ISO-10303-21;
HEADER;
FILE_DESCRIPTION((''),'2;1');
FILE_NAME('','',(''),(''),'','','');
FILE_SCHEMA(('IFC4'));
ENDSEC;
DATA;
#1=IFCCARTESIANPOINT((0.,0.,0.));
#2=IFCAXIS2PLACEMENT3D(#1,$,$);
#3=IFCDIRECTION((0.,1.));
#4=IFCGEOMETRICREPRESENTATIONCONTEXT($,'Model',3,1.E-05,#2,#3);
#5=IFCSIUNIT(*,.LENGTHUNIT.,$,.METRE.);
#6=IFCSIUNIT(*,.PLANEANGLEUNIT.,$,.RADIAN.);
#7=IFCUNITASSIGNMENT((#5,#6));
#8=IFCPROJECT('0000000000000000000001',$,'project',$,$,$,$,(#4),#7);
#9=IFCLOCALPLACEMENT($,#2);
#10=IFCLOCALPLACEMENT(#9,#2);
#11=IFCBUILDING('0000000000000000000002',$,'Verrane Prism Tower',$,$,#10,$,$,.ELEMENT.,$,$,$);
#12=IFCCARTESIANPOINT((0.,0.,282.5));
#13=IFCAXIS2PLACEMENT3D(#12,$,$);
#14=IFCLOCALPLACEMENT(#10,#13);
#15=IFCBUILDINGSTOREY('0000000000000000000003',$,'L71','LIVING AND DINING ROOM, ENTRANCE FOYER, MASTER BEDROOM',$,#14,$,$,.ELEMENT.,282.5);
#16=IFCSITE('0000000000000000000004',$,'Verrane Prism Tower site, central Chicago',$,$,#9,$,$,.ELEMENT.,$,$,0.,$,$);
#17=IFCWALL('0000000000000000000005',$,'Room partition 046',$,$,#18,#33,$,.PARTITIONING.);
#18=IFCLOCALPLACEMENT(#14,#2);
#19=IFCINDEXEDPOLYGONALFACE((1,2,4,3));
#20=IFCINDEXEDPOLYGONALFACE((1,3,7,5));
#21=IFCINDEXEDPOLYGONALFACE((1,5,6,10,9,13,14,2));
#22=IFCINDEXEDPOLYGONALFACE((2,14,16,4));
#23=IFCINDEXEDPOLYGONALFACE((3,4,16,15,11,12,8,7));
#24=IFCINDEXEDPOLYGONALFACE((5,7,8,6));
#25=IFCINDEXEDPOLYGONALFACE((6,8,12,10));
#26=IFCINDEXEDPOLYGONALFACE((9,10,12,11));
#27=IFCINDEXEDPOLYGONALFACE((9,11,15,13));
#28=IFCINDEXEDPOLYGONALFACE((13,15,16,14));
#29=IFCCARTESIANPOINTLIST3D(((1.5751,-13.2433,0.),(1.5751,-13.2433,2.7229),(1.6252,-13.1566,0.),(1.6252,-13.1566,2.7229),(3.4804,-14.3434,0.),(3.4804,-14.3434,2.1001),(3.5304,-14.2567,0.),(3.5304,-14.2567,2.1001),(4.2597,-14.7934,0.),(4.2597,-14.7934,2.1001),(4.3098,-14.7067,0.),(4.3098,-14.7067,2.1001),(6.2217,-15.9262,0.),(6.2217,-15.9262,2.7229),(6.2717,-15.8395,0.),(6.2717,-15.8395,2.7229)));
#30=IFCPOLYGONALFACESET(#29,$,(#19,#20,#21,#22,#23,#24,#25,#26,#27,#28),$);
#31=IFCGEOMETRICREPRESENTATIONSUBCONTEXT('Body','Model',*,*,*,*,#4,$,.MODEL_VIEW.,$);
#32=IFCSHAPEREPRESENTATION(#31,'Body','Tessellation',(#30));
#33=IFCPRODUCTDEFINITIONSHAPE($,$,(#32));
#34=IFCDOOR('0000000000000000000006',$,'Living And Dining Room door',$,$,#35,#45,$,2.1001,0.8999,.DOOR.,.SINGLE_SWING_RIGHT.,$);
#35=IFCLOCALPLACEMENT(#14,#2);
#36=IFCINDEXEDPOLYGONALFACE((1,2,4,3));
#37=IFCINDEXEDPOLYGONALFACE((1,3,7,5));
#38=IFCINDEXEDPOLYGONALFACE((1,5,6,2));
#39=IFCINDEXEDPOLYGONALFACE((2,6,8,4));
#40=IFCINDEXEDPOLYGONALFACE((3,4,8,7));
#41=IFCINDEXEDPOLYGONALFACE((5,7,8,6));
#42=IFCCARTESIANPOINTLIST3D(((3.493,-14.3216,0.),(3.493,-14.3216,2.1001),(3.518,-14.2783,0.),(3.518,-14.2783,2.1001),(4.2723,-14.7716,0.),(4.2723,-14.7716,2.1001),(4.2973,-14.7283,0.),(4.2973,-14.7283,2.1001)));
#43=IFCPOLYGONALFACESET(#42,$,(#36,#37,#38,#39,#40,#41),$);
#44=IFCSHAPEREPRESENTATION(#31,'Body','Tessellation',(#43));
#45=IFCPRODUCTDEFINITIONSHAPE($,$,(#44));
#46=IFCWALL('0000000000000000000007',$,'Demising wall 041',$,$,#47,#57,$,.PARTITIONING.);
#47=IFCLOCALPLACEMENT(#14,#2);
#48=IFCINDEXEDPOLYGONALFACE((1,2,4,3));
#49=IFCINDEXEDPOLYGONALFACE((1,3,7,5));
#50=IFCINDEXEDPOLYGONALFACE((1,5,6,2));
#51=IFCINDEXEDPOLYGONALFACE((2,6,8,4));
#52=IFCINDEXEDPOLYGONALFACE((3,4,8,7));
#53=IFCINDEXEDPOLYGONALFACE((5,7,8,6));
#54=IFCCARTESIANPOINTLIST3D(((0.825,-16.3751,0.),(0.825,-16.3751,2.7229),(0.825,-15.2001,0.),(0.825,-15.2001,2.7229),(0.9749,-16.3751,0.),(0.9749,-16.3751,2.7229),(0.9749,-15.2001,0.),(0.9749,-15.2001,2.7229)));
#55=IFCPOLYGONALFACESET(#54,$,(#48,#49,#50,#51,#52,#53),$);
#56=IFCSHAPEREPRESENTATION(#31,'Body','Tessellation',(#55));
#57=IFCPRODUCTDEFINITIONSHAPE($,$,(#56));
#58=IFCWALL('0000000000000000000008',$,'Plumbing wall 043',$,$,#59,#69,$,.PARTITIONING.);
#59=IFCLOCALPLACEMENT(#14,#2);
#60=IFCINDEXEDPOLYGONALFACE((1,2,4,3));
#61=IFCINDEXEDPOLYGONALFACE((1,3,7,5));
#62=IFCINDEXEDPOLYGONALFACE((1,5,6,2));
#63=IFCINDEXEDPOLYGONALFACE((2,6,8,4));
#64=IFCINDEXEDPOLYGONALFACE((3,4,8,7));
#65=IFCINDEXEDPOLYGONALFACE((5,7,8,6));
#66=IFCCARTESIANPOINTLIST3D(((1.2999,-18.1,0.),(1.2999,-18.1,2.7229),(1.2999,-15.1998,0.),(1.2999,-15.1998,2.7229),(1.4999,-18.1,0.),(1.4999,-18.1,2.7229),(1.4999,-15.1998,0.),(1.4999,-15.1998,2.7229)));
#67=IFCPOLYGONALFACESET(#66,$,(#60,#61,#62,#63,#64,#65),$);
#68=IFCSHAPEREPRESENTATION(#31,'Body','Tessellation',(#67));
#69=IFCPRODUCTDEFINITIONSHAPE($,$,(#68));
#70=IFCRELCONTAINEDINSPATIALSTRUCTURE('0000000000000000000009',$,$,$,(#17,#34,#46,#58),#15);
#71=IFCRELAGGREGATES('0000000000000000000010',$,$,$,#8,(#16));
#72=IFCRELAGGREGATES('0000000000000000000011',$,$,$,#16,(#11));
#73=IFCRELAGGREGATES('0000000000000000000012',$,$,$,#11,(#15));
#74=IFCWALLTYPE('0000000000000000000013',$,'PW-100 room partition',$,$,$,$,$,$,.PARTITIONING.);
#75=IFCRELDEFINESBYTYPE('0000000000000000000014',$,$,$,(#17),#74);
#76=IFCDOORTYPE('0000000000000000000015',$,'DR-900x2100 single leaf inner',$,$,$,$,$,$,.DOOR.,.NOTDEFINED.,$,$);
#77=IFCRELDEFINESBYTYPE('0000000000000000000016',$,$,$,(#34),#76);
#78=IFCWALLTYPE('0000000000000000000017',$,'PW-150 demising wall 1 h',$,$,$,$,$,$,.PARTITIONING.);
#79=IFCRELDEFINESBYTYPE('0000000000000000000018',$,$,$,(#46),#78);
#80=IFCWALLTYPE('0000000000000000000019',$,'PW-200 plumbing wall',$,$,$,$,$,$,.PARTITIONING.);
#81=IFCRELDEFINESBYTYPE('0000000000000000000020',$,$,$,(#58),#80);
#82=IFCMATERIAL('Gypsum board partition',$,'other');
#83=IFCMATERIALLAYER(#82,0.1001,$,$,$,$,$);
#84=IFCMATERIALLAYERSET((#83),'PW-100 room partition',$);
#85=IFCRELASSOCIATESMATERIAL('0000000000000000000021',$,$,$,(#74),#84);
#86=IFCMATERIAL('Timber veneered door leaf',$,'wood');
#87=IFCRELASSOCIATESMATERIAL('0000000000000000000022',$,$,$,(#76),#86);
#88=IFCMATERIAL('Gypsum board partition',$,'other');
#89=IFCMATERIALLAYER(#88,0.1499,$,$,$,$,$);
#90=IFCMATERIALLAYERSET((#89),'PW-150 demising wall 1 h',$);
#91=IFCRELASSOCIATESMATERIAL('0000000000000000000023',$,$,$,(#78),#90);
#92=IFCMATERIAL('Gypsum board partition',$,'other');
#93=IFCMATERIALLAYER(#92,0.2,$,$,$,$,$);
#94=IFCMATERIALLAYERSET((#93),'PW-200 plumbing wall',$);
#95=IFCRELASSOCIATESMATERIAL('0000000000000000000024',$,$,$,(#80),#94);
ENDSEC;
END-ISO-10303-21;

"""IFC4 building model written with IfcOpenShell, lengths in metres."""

from ifc_helpers import new_model, si_unit, direction, frame, frame_2d, origin, place, context, subcontext, project, spatial, rectangle, extrude, material, layer, layer_set, type_object, element, fill, save


model = new_model("IFC4")

# Units and contexts
model_context = context("Model", 3, precision=1e-05, world=origin(), true_north=direction((0.0, 1.0)))
body_context = subcontext(model_context, "Body", "Model", "MODEL_VIEW")
ifc_project = project(units=[si_unit("LENGTHUNIT", "METRE"), si_unit("PLANEANGLEUNIT", "RADIAN")], contexts=[model_context])

# Site, building, storey
site_placement = place(None, origin())
site = spatial("IfcSite", under=ifc_project, at=site_placement, Name="Verrane Prism Tower site, central Chicago", CompositionType="ELEMENT", RefElevation=0.0)
building_placement = place(site_placement, origin())
building = spatial("IfcBuilding", under=site, at=building_placement, Name="Verrane Prism Tower", CompositionType="ELEMENT")
storey_placement = place(building_placement, frame((0.0, 0.0, 282.5)))
storey = spatial("IfcBuildingStorey", under=building, at=storey_placement, Name="L71", Description="LIVING AND DINING ROOM, ENTRANCE FOYER, MASTER BEDROOM", CompositionType="ELEMENT", Elevation=282.5)

# Wall, opening, door
ifc_material_1 = material(Name="Gypsum board partition", Category="other")
ifc_layer_1 = layer(ifc_material_1, 0.1001)
ifc_layer_set_1 = layer_set([ifc_layer_1], Name="PW-100 room partition")
wall_type_1 = type_object("IfcWallType", Name="PW-100 room partition", PredefinedType="PARTITIONING", material=ifc_layer_set_1)
wall_1_placement = place(storey_placement, frame((6.2466, -15.8828, 0.0), z_axis=(0.0, 0.0, 1.0), x_axis=(-0.866008, 0.50003, 0.0)))
wall_1 = element("IfcWall", 1, at=wall_1_placement, inside=storey, type_object=wall_type_1, Name="Room partition 046", PredefinedType="PARTITIONING", context=body_context, shape_type="SweptSolid", body=[
    extrude(rectangle(XDim=5.3655, YDim=0.1001, at=frame_2d((2.6826, 0.0))), origin(), (0.0, 0.0, 1.0), 2.7229),
])
opening_1_placement = place(wall_1_placement, frame((2.2654, 0.0, 0.0)))
opening_1 = element("IfcOpeningElement", 2, at=opening_1_placement, cuts=wall_1, PredefinedType="OPENING", context=body_context, shape_type="SweptSolid", body=[
    extrude(rectangle(XDim=0.8999, YDim=2.1001, at=frame_2d((0.45, 1.05))), frame((0.0, 0.0601, 0.0), z_axis=(0.0, -1.0, 0.0), x_axis=(1.0, 0.0, 0.0)), (0.0, 0.0, 1.0), 0.1201),
])
ifc_material_2 = material(Name="Timber veneered door leaf", Category="wood")
door_type_1 = type_object("IfcDoorType", Name="DR-900x2100 single leaf inner", OperationType="NOTDEFINED", PredefinedType="DOOR", material=ifc_material_2)
door_1_placement = place(opening_1_placement, origin())
door_1 = element("IfcDoor", 3, at=door_1_placement, inside=storey, type_object=door_type_1, Name="Living And Dining Room door", OperationType="SINGLE_SWING_RIGHT", OverallHeight=2.1001, OverallWidth=0.8999, PredefinedType="DOOR", context=body_context, shape_type="SweptSolid", body=[
    extrude(rectangle(XDim=0.8999, YDim=2.1001, at=frame_2d((0.45, 1.05))), frame((0.0, 0.0249, 0.0), z_axis=(0.0, -1.0, 0.0), x_axis=(1.0, 0.0, 0.0)), (0.0, 0.0, 1.0), 0.05),
])
fill(opening_1, door_1)

# Walls
ifc_material_3 = material(Name="Gypsum board partition", Category="other")
ifc_layer_2 = layer(ifc_material_3, 0.1499)
ifc_layer_set_2 = layer_set([ifc_layer_2], Name="PW-150 demising wall 1 h")
wall_type_2 = type_object("IfcWallType", Name="PW-150 demising wall 1 h", PredefinedType="PARTITIONING", material=ifc_layer_set_2)
wall_2_placement = place(storey_placement, frame((0.8999, -16.375, 0.0), z_axis=(0.0, 0.0, 1.0), x_axis=(0.0, 1.0, 0.0)))
element("IfcWall", 4, at=wall_2_placement, inside=storey, type_object=wall_type_2, Name="Demising wall 041", PredefinedType="PARTITIONING", context=body_context, shape_type="SweptSolid", body=[
    extrude(rectangle(XDim=1.175, YDim=0.1499, at=frame_2d((0.5874, 0.0))), origin(), (0.0, 0.0, 1.0), 2.7229),
])
ifc_material_4 = material(Name="Gypsum board partition", Category="other")
ifc_layer_3 = layer(ifc_material_4, 0.2)
ifc_layer_set_3 = layer_set([ifc_layer_3], Name="PW-200 plumbing wall")
wall_type_3 = type_object("IfcWallType", Name="PW-200 plumbing wall", PredefinedType="PARTITIONING", material=ifc_layer_set_3)
wall_3_placement = place(storey_placement, frame((1.3999, -18.1001, 0.0), z_axis=(0.0, 0.0, 1.0), x_axis=(0.0, 1.0, 0.0)))
element("IfcWall", 5, at=wall_3_placement, inside=storey, type_object=wall_type_3, Name="Plumbing wall 043", PredefinedType="PARTITIONING", context=body_context, shape_type="SweptSolid", body=[
    extrude(rectangle(XDim=2.9001, YDim=0.2, at=frame_2d((1.4502, 0.0))), origin(), (0.0, 0.0, 1.0), 2.7229),
])

save(model, "model.ifc")
